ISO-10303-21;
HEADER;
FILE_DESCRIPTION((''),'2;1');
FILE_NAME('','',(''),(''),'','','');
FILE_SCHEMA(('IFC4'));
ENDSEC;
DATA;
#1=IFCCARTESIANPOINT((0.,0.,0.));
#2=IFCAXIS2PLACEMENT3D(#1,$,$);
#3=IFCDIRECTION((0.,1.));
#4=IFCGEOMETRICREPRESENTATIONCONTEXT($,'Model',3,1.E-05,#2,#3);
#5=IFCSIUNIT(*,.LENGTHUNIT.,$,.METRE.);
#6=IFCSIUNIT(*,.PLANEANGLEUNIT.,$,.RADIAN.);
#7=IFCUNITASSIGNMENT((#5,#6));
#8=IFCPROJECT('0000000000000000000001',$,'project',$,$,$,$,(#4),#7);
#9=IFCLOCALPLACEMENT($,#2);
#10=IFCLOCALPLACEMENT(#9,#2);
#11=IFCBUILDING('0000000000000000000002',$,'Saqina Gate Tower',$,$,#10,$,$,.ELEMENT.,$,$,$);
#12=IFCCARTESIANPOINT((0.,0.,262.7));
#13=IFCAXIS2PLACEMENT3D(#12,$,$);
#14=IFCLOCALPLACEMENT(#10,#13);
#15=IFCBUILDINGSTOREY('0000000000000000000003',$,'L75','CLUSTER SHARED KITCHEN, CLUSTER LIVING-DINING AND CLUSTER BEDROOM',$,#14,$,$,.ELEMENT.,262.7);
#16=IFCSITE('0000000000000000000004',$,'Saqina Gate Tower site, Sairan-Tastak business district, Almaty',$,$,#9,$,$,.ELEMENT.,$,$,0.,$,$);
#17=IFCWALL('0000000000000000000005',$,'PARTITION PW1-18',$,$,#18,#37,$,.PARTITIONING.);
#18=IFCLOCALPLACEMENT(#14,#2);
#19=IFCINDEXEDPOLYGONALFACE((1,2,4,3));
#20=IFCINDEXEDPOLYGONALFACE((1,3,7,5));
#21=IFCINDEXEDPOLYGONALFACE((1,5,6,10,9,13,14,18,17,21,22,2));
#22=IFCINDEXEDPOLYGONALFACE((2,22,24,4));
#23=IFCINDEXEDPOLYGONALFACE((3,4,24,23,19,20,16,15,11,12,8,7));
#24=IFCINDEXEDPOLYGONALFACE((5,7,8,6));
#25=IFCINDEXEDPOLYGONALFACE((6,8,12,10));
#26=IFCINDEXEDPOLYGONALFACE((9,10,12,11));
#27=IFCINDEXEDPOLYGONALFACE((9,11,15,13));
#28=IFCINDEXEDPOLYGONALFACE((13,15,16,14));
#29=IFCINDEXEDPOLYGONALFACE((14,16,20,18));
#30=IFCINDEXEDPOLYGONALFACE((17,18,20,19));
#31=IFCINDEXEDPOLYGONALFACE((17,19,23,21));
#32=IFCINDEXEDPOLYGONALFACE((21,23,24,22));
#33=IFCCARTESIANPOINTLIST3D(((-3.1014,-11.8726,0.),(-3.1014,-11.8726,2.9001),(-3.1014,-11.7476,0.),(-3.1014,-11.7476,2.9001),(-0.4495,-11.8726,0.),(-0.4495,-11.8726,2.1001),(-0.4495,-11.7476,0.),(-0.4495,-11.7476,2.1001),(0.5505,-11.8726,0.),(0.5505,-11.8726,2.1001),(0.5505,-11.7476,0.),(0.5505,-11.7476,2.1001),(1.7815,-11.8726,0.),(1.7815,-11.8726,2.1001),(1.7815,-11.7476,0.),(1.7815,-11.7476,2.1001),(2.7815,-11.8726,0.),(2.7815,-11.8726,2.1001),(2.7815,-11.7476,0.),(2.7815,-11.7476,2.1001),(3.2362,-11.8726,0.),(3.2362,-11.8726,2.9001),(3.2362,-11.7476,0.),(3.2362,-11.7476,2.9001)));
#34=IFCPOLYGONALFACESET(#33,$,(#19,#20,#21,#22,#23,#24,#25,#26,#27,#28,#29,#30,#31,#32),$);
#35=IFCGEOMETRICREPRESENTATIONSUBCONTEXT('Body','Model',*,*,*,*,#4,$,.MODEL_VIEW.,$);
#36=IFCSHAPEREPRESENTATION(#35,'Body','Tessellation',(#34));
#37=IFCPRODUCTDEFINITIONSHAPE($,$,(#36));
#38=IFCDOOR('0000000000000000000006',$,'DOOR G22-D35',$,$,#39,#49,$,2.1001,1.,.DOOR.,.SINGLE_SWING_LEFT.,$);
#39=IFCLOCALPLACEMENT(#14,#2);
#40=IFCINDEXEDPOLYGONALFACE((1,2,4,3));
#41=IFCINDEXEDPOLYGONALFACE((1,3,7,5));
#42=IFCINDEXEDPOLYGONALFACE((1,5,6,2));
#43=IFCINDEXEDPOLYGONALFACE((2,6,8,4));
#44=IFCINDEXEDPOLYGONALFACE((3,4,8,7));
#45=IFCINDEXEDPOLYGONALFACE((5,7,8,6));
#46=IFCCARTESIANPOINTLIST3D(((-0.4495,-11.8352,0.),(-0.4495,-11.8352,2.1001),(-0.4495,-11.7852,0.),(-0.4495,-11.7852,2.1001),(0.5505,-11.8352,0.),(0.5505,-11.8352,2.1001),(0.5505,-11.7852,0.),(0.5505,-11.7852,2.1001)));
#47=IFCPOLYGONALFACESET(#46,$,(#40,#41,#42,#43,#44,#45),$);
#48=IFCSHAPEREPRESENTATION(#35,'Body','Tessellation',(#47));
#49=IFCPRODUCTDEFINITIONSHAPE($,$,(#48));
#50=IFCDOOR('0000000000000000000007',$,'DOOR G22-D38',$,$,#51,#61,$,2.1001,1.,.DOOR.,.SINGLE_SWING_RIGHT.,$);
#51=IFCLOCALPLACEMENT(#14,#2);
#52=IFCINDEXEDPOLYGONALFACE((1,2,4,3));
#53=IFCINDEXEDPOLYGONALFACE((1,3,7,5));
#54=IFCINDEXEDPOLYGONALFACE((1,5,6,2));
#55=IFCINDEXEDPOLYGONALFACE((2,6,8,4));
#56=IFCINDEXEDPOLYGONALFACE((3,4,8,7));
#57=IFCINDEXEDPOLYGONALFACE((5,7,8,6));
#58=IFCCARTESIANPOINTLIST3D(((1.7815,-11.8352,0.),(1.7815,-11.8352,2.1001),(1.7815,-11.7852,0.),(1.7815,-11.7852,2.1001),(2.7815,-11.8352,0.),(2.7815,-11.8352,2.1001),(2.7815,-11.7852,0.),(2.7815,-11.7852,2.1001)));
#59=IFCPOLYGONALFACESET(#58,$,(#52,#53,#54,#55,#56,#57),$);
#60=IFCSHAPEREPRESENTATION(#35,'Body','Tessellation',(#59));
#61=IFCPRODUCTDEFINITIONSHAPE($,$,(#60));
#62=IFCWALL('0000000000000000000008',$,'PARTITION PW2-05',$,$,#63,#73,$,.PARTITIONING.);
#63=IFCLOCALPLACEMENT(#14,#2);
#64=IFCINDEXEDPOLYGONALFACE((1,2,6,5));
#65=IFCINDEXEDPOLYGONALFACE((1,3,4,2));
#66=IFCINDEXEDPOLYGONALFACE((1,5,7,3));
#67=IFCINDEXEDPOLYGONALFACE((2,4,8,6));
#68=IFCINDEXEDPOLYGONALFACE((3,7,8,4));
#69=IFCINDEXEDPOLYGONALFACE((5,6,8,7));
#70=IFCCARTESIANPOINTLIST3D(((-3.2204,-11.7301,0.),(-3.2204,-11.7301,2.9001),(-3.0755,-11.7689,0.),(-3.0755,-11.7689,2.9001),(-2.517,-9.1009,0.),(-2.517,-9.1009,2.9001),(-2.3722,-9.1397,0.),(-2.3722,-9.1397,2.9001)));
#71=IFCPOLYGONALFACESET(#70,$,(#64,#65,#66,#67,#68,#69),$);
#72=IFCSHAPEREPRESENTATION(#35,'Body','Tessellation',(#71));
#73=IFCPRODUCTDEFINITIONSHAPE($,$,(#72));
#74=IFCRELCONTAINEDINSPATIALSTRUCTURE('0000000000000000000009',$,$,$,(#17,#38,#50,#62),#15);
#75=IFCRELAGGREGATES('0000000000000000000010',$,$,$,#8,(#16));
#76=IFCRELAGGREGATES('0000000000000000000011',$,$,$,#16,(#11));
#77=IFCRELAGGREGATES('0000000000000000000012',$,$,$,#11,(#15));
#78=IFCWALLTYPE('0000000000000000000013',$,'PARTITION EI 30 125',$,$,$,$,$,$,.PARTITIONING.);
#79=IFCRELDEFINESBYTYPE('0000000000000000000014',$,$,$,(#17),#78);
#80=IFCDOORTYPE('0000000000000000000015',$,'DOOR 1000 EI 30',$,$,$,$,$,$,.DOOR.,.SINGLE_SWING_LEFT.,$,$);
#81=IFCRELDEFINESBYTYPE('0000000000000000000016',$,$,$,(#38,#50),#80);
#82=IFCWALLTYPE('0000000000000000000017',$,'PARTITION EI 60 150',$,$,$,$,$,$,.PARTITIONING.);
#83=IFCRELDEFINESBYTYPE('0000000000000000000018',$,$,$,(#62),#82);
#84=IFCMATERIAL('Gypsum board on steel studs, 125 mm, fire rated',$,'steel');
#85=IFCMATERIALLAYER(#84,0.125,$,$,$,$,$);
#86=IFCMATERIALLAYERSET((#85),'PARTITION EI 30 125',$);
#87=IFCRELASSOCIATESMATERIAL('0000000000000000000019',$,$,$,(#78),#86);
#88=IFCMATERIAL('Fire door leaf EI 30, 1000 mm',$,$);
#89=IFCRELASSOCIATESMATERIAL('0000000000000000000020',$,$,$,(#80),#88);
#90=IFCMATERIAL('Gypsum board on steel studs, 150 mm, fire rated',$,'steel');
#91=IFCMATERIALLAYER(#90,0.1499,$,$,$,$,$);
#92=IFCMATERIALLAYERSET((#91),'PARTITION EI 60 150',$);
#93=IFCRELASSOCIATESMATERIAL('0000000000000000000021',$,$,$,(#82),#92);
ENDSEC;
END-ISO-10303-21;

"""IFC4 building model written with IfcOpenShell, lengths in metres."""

from ifc_helpers import new_model, si_unit, direction, frame, frame_2d, origin, place, context, subcontext, project, spatial, rectangle, extrude, material, layer, layer_set, type_object, element, fill, save


model = new_model("IFC4")

# Units and contexts
model_context = context("Model", 3, precision=1e-05, world=origin(), true_north=direction((0.0, 1.0)))
body_context = subcontext(model_context, "Body", "Model", "MODEL_VIEW")
ifc_project = project(units=[si_unit("LENGTHUNIT", "METRE"), si_unit("PLANEANGLEUNIT", "RADIAN")], contexts=[model_context])

# Site, building, storey
site_placement = place(None, origin())
site = spatial("IfcSite", under=ifc_project, at=site_placement, Name="Saqina Gate Tower site, Sairan-Tastak business district, Almaty", CompositionType="ELEMENT", RefElevation=0.0)
building_placement = place(site_placement, origin())
building = spatial("IfcBuilding", under=site, at=building_placement, Name="Saqina Gate Tower", CompositionType="ELEMENT")
storey_placement = place(building_placement, frame((0.0, 0.0, 262.7)))
storey = spatial("IfcBuildingStorey", under=building, at=storey_placement, Name="L75", Description="CLUSTER SHARED KITCHEN, CLUSTER LIVING-DINING AND CLUSTER BEDROOM", CompositionType="ELEMENT", Elevation=262.7)

# Shared definitions
ifc_material_1 = material(Name="Gypsum board on steel studs, 125 mm, fire rated", Category="steel")
ifc_layer_1 = layer(ifc_material_1, 0.125)
ifc_layer_set_1 = layer_set([ifc_layer_1], Name="PARTITION EI 30 125")
wall_type_1 = type_object("IfcWallType", Name="PARTITION EI 30 125", PredefinedType="PARTITIONING", material=ifc_layer_set_1)

# Wall, openings, doors
wall_1_placement = place(storey_placement, frame((-3.1016, -11.8101, 0.0), z_axis=(0.0, 0.0, 1.0), x_axis=(1.0, 0.0, 0.0)))
wall_1 = element("IfcWall", 1, at=wall_1_placement, inside=storey, type_object=wall_type_1, Name="PARTITION PW1-18", PredefinedType="PARTITIONING", context=body_context, shape_type="SweptSolid", body=[
    extrude(rectangle(XDim=6.3376, YDim=0.125, at=frame_2d((3.1689, 0.0))), origin(), (0.0, 0.0, 1.0), 2.9001),
])
opening_1_placement = place(wall_1_placement, frame((2.6521, 0.0, 0.0)))
opening_1 = element("IfcOpeningElement", 2, at=opening_1_placement, cuts=wall_1, PredefinedType="OPENING", context=body_context, shape_type="SweptSolid", body=[
    extrude(rectangle(XDim=1.0, YDim=2.1001, at=frame_2d((0.5, 1.05))), frame((0.0, 0.0745, 0.0), z_axis=(0.0, -1.0, 0.0), x_axis=(1.0, 0.0, 0.0)), (0.0, 0.0, 1.0), 0.1489),
])
opening_2_placement = place(wall_1_placement, frame((4.8831, 0.0, 0.0)))
opening_2 = element("IfcOpeningElement", 3, at=opening_2_placement, cuts=wall_1, PredefinedType="OPENING", context=body_context, shape_type="SweptSolid", body=[
    extrude(rectangle(XDim=1.0, YDim=2.1001, at=frame_2d((0.5, 1.05))), frame((0.0, 0.0745, 0.0), z_axis=(0.0, -1.0, 0.0), x_axis=(1.0, 0.0, 0.0)), (0.0, 0.0, 1.0), 0.1489),
])
ifc_material_2 = material(Name="Fire door leaf EI 30, 1000 mm")
door_type_1 = type_object("IfcDoorType", Name="DOOR 1000 EI 30", OperationType="SINGLE_SWING_LEFT", PredefinedType="DOOR", material=ifc_material_2)
door_1_placement = place(opening_1_placement, origin())
door_1 = element("IfcDoor", 4, at=door_1_placement, inside=storey, type_object=door_type_1, Name="DOOR G22-D35", OperationType="SINGLE_SWING_LEFT", OverallHeight=2.1001, OverallWidth=1.0, PredefinedType="DOOR", context=body_context, shape_type="SweptSolid", body=[
    extrude(rectangle(XDim=1.0, YDim=2.1001, at=frame_2d((0.5, 1.05))), frame((0.0, 0.0249, 0.0), z_axis=(0.0, -1.0, 0.0), x_axis=(1.0, 0.0, 0.0)), (0.0, 0.0, 1.0), 0.05),
])
fill(opening_1, door_1)
door_2_placement = place(opening_2_placement, origin())
door_2 = element("IfcDoor", 5, at=door_2_placement, inside=storey, type_object=door_type_1, Name="DOOR G22-D38", OperationType="SINGLE_SWING_RIGHT", OverallHeight=2.1001, OverallWidth=1.0, PredefinedType="DOOR", context=body_context, shape_type="SweptSolid", body=[
    extrude(rectangle(XDim=1.0, YDim=2.1001, at=frame_2d((0.5, 1.05))), frame((0.0, 0.0249, 0.0), z_axis=(0.0, -1.0, 0.0), x_axis=(1.0, 0.0, 0.0)), (0.0, 0.0, 1.0), 0.05),
])
fill(opening_2, door_2)

# Wall
ifc_material_3 = material(Name="Gypsum board on steel studs, 150 mm, fire rated", Category="steel")
ifc_layer_2 = layer(ifc_material_3, 0.1499)
ifc_layer_set_2 = layer_set([ifc_layer_2], Name="PARTITION EI 60 150")
wall_type_2 = type_object("IfcWallType", Name="PARTITION EI 60 150", PredefinedType="PARTITIONING", material=ifc_layer_set_2)
wall_2_placement = place(storey_placement, frame((-3.1479, -11.7495, 0.0), z_axis=(0.0, 0.0, 1.0), x_axis=(0.258439, 0.966028, 0.0)))
element("IfcWall", 6, at=wall_2_placement, inside=storey, type_object=wall_type_2, Name="PARTITION PW2-05", PredefinedType="PARTITIONING", context=body_context, shape_type="SweptSolid", body=[
    extrude(rectangle(XDim=2.7217, YDim=0.1499, at=frame_2d((1.3608, 0.0))), origin(), (0.0, 0.0, 1.0), 2.9001),
])

save(model, "model.ifc")
